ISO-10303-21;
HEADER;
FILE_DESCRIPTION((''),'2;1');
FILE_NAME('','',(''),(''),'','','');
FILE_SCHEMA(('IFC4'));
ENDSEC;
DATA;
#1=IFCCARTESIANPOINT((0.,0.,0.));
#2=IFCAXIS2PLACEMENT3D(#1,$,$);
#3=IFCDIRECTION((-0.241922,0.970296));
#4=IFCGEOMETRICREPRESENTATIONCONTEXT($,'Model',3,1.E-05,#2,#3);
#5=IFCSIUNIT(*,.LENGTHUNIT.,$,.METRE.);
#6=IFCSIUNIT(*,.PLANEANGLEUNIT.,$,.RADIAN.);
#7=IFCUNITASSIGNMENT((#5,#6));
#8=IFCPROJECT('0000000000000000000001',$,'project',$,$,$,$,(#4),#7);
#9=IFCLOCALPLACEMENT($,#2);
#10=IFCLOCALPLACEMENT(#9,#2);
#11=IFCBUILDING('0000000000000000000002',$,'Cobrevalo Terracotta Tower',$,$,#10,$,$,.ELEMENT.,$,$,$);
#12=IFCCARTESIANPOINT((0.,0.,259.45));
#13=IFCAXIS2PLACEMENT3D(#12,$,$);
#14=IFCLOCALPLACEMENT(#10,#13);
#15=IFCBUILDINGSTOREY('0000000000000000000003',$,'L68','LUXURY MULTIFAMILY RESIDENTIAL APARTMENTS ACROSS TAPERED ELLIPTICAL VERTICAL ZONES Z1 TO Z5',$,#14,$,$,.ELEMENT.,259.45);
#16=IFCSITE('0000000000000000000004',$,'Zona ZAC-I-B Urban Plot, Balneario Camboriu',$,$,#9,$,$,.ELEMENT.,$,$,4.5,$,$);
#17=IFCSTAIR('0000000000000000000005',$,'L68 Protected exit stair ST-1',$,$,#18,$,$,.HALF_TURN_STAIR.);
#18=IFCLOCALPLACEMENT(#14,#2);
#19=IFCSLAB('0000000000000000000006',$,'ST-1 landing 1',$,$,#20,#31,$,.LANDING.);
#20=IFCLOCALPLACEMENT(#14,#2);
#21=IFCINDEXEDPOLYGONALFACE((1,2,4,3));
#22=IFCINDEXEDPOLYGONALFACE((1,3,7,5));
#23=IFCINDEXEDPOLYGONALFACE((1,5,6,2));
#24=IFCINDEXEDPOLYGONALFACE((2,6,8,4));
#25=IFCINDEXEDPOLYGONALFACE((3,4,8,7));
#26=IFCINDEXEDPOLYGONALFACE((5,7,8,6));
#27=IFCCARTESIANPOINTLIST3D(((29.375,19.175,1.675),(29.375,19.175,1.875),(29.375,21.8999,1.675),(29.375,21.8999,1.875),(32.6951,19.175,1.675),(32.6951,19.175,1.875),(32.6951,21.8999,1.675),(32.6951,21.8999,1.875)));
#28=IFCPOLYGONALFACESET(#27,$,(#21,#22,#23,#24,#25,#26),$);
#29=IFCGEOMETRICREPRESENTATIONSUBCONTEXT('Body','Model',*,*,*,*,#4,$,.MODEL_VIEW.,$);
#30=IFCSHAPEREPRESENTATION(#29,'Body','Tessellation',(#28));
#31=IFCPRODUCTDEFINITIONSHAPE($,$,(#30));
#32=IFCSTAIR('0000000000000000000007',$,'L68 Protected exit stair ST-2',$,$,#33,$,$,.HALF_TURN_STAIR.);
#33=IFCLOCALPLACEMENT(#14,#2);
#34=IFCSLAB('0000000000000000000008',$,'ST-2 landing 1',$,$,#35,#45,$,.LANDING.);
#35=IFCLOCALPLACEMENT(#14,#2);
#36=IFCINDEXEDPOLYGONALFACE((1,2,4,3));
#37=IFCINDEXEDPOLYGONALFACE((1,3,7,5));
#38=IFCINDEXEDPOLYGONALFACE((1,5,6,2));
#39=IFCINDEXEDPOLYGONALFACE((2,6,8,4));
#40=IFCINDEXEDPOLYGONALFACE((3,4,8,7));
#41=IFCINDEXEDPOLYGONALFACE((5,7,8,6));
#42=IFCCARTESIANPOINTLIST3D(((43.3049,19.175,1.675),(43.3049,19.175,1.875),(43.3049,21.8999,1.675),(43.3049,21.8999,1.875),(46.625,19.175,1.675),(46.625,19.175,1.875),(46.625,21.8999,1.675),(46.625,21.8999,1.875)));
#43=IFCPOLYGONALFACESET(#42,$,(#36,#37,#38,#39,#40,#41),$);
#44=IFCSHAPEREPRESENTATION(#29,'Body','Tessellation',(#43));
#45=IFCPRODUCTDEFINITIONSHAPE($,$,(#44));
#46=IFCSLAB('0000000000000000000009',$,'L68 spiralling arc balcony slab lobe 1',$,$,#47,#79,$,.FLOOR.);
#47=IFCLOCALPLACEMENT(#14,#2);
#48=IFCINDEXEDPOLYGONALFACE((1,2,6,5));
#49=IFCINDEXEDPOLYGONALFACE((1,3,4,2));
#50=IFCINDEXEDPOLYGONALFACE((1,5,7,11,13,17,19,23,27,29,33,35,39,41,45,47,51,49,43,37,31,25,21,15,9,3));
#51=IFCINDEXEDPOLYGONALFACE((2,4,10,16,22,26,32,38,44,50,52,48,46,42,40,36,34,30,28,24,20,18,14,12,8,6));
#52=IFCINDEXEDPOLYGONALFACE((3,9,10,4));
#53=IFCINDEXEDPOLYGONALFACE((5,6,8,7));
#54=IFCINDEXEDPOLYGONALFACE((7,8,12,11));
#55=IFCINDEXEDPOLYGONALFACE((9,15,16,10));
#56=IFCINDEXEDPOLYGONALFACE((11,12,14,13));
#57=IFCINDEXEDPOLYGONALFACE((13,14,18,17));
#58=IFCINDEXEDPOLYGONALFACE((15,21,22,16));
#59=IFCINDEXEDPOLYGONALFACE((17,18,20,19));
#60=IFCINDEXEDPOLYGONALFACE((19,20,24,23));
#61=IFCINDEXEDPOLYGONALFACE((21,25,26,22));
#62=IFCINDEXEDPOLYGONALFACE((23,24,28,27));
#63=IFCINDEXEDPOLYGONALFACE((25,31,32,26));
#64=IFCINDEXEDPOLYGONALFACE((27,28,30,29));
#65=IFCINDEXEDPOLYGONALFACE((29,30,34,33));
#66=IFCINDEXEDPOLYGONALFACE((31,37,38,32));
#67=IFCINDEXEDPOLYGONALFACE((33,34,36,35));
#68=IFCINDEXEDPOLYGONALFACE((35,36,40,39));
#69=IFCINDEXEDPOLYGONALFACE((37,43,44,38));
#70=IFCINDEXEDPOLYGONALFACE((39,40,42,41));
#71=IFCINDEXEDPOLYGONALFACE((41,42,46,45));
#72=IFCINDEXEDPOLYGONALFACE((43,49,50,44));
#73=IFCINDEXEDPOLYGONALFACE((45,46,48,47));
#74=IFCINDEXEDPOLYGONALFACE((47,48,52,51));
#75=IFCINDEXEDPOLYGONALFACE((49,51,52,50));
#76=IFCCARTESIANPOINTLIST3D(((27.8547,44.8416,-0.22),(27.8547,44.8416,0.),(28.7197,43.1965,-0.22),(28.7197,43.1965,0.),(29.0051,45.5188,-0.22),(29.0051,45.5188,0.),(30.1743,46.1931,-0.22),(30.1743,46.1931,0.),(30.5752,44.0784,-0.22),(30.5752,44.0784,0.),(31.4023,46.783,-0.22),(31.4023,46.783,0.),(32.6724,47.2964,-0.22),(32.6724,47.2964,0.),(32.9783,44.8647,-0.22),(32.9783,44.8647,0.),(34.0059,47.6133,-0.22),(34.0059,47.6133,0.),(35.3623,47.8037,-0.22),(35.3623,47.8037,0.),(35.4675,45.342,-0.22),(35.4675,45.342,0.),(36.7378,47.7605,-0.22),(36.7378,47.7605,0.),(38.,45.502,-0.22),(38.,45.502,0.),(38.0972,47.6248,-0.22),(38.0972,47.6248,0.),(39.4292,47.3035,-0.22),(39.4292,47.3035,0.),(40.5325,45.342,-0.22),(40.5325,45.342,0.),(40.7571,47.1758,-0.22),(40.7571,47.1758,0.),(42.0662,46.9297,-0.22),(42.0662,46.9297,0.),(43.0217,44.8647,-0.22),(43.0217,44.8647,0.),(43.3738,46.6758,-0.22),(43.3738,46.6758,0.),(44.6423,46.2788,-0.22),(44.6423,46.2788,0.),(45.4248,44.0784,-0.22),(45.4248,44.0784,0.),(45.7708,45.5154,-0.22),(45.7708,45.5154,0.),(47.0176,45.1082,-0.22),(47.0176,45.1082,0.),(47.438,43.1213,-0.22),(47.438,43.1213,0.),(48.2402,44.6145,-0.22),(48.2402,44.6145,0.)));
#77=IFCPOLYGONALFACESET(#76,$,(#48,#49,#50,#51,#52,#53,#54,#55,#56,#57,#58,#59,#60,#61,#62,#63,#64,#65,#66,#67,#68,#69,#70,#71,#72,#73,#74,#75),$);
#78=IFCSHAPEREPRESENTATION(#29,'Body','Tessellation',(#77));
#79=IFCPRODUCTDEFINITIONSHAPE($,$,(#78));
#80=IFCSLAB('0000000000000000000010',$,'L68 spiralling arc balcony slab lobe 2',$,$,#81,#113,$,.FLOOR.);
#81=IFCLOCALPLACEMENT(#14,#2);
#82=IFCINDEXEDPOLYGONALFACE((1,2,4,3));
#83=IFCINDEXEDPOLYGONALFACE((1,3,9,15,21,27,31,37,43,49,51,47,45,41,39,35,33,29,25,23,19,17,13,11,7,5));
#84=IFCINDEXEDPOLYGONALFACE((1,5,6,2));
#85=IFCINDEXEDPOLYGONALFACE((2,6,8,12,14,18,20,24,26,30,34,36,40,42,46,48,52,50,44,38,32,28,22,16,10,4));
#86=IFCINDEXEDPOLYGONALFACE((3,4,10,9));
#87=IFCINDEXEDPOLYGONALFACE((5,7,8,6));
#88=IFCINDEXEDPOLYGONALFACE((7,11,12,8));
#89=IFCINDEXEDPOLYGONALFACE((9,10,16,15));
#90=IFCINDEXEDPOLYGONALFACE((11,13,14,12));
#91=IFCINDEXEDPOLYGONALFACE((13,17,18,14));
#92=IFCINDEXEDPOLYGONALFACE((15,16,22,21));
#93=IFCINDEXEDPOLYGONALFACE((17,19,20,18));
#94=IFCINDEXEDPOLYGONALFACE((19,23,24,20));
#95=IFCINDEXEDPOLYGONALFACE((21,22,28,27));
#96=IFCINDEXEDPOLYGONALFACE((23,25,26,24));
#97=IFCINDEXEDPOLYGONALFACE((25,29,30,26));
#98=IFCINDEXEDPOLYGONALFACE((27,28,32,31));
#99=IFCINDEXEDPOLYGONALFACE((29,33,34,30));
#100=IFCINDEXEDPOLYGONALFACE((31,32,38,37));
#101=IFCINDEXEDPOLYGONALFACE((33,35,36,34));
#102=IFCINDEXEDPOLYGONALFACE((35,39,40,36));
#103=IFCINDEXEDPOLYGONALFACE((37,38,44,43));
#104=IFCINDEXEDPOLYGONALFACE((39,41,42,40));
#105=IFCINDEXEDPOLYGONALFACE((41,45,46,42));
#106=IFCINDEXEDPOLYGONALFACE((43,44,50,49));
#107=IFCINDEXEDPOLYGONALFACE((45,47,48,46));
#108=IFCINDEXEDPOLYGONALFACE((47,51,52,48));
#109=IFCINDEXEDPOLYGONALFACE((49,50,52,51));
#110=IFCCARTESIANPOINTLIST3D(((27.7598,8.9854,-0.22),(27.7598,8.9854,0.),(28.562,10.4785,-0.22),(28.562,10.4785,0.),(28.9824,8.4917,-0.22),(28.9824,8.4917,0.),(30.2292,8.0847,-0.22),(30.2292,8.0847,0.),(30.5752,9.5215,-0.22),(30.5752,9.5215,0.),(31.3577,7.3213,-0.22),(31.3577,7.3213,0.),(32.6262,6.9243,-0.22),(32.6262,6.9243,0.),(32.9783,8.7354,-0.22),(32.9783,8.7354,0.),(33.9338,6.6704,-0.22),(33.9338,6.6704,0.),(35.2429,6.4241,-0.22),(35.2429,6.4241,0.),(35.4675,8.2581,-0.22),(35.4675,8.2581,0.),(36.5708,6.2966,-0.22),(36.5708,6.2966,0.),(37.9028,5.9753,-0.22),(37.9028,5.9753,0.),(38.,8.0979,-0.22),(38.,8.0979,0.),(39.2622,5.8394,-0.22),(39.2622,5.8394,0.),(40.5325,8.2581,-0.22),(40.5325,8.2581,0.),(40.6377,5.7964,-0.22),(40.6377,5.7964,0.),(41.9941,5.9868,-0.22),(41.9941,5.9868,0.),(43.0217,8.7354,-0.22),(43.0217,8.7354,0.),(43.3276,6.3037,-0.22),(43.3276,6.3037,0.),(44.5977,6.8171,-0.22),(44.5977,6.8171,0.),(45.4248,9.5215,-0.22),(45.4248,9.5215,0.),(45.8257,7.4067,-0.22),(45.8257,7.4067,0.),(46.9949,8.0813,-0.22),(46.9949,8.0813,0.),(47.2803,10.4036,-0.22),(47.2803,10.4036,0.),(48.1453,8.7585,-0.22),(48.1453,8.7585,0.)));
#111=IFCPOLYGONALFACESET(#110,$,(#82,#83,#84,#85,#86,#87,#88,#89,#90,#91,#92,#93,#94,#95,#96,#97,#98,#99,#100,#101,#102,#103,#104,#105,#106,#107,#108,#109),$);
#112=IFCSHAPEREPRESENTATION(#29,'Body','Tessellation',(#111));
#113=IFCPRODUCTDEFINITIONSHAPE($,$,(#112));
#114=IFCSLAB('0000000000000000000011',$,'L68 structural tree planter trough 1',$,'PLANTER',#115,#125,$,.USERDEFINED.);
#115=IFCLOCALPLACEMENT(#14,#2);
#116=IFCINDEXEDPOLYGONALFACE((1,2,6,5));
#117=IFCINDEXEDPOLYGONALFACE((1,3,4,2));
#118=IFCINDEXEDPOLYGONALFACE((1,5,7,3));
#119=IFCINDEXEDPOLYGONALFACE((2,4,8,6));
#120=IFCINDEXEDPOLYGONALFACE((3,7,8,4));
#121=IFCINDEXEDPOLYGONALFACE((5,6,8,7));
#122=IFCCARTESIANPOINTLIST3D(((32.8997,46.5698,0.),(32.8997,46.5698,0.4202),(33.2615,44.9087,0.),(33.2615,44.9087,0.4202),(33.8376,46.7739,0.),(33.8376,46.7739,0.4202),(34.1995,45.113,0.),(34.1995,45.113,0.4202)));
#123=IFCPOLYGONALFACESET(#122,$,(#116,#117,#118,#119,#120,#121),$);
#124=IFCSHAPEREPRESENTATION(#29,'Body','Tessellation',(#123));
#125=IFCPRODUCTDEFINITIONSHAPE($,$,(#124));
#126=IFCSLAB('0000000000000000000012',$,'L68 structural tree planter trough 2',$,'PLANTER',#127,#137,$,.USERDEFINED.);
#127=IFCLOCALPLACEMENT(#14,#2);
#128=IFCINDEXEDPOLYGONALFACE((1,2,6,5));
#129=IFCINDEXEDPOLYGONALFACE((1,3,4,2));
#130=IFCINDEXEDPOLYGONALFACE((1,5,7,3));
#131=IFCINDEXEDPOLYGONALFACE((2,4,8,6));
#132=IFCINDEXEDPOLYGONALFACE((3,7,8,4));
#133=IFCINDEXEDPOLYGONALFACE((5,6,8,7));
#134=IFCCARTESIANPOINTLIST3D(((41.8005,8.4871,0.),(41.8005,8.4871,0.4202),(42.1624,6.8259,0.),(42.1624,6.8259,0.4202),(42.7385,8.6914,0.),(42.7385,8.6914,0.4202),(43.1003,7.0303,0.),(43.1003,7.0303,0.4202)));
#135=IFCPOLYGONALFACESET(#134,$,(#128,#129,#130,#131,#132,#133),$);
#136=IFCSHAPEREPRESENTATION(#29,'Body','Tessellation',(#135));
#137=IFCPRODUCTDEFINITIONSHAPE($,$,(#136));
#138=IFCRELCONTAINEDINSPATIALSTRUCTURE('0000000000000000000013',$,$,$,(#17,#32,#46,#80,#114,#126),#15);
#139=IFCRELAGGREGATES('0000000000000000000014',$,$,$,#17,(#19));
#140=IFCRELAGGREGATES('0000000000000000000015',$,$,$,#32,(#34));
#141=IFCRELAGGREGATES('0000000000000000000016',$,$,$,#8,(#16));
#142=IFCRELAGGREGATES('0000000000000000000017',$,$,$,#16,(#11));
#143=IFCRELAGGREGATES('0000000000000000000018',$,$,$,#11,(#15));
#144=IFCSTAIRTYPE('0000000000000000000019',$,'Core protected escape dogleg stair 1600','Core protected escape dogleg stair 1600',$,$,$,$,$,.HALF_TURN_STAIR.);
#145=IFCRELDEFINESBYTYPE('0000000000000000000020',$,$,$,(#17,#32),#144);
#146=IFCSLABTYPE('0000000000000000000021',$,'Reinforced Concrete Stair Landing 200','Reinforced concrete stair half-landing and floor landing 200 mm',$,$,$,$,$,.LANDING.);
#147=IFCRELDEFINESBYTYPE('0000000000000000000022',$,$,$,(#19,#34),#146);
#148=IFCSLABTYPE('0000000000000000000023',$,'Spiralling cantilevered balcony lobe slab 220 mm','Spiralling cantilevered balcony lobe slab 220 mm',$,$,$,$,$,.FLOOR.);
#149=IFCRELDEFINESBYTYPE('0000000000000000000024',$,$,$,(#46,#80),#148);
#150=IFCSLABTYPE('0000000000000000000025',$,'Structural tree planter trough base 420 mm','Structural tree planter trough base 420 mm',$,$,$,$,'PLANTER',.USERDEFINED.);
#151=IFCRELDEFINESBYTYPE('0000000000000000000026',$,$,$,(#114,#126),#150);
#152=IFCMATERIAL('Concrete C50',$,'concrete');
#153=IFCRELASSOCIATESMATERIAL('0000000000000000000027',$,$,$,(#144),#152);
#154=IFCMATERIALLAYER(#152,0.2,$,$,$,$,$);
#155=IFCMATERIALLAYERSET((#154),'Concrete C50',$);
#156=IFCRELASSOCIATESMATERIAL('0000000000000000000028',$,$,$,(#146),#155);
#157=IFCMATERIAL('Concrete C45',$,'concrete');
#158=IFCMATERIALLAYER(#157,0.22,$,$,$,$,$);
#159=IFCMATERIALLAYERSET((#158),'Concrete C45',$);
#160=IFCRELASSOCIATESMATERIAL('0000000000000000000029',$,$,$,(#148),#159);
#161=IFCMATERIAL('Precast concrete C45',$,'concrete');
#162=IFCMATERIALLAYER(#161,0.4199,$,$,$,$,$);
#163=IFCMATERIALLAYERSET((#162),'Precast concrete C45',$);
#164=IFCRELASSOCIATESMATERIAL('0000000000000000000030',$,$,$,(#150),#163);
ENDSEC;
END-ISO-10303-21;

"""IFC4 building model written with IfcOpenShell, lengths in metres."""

from ifc_helpers import new_model, si_unit, direction, frame, origin, place, context, subcontext, project, spatial, polyline, outline, extrude, material, layer, layer_set, type_object, element, aggregate, save


model = new_model("IFC4")

# Units and contexts
model_context = context("Model", 3, precision=1e-05, world=origin(), true_north=direction((-0.241922, 0.970296)))
body_context = subcontext(model_context, "Body", "Model", "MODEL_VIEW")
ifc_project = project(units=[si_unit("LENGTHUNIT", "METRE"), si_unit("PLANEANGLEUNIT", "RADIAN")], contexts=[model_context])

# Site, building, storey
site_placement = place(None, origin())
site = spatial("IfcSite", under=ifc_project, at=site_placement, Name="Zona ZAC-I-B Urban Plot, Balneario Camboriu", CompositionType="ELEMENT", RefElevation=4.5)
building_placement = place(site_placement, origin())
building = spatial("IfcBuilding", under=site, at=building_placement, Name="Cobrevalo Terracotta Tower", CompositionType="ELEMENT")
storey_placement = place(building_placement, frame((0.0, 0.0, 259.45)))
storey = spatial("IfcBuildingStorey", under=building, at=storey_placement, Name="L68", Description="LUXURY MULTIFAMILY RESIDENTIAL APARTMENTS ACROSS TAPERED ELLIPTICAL VERTICAL ZONES Z1 TO Z5", CompositionType="ELEMENT", Elevation=259.45)

# Stairs, slabs
ifc_material_1 = material(Name="Concrete C50", Category="concrete")
stair_type = type_object("IfcStairType", Name="Core protected escape dogleg stair 1600", Description="Core protected escape dogleg stair 1600", PredefinedType="HALF_TURN_STAIR", material=ifc_material_1)
stair_1_placement = place(storey_placement, origin())
stair_1 = element("IfcStair", 1, at=stair_1_placement, inside=storey, type_object=stair_type, Name="L68 Protected exit stair ST-1", PredefinedType="HALF_TURN_STAIR")
ifc_layer_1 = layer(ifc_material_1, 0.2)
ifc_layer_set_1 = layer_set([ifc_layer_1], Name="Concrete C50")
slab_type_1 = type_object("IfcSlabType", Name="Reinforced Concrete Stair Landing 200", Description="Reinforced concrete stair half-landing and floor landing 200 mm", PredefinedType="LANDING", material=ifc_layer_set_1)
slab_1_placement = place(storey_placement, frame((0.0, 0.0, 1.675)))
slab_1 = element("IfcSlab", 2, at=slab_1_placement, type_object=slab_type_1, Name="ST-1 landing 1", PredefinedType="LANDING", context=body_context, shape_type="SweptSolid", body=[
    extrude(outline(polyline([(29.375, 21.8999), (29.375, 19.175), (32.6951, 19.175), (32.6951, 21.8999), (29.375, 21.8999)])), origin(), (0.0, 0.0, 1.0), 0.2),
])
aggregate(stair_1, [slab_1])
stair_2_placement = place(storey_placement, origin())
stair_2 = element("IfcStair", 3, at=stair_2_placement, inside=storey, type_object=stair_type, Name="L68 Protected exit stair ST-2", PredefinedType="HALF_TURN_STAIR")
slab_2_placement = place(storey_placement, frame((0.0, 0.0, 1.675)))
slab_2 = element("IfcSlab", 4, at=slab_2_placement, type_object=slab_type_1, Name="ST-2 landing 1", PredefinedType="LANDING", context=body_context, shape_type="SweptSolid", body=[
    extrude(outline(polyline([(43.3049, 21.8999), (43.3049, 19.175), (46.625, 19.175), (46.625, 21.8999), (43.3049, 21.8999)])), origin(), (0.0, 0.0, 1.0), 0.2),
])
aggregate(stair_2, [slab_2])

# Slabs
ifc_material_2 = material(Name="Concrete C45", Category="concrete")
ifc_layer_2 = layer(ifc_material_2, 0.22)
ifc_layer_set_2 = layer_set([ifc_layer_2], Name="Concrete C45")
slab_type_2 = type_object("IfcSlabType", Name="Spiralling cantilevered balcony lobe slab 220 mm", Description="Spiralling cantilevered balcony lobe slab 220 mm", PredefinedType="FLOOR", material=ifc_layer_set_2)
slab_3_placement = place(storey_placement, frame((0.0, 0.0, -0.22)))
element("IfcSlab", 5, at=slab_3_placement, inside=storey, type_object=slab_type_2, Name="L68 spiralling arc balcony slab lobe 1", PredefinedType="FLOOR", context=body_context, shape_type="SweptSolid", body=[
    extrude(outline(polyline([(48.2402, 44.6145), (47.0176, 45.1082), (45.7708, 45.5154), (44.6423, 46.2788), (43.3738, 46.6758), (42.0662, 46.9297), (40.7571, 47.1758), (39.4292, 47.3035), (38.0972, 47.6248), (36.7378, 47.7605), (35.3623, 47.8037), (34.0059, 47.6133), (32.6724, 47.2964), (31.4023, 46.783), (30.1743, 46.1931), (29.0051, 45.5188), (27.8547, 44.8416), (28.7197, 43.1965), (30.5752, 44.0784), (32.9783, 44.8647), (35.4675, 45.342), (38.0, 45.502), (40.5325, 45.342), (43.0217, 44.8647), (45.4248, 44.0784), (47.438, 43.1213), (48.2402, 44.6145)])), origin(), (0.0, 0.0, 1.0), 0.22),
])
slab_4_placement = place(storey_placement, frame((0.0, 0.0, -0.22)))
element("IfcSlab", 6, at=slab_4_placement, inside=storey, type_object=slab_type_2, Name="L68 spiralling arc balcony slab lobe 2", PredefinedType="FLOOR", context=body_context, shape_type="SweptSolid", body=[
    extrude(outline(polyline([(27.7598, 8.9854), (28.9824, 8.4917), (30.2292, 8.0847), (31.3577, 7.3213), (32.6262, 6.9243), (33.9338, 6.6704), (35.2429, 6.4241), (36.5708, 6.2966), (37.9028, 5.9753), (39.2622, 5.8394), (40.6377, 5.7964), (41.9941, 5.9868), (43.3276, 6.3037), (44.5977, 6.8171), (45.8257, 7.4067), (46.9949, 8.0813), (48.1453, 8.7585), (47.2803, 10.4036), (45.4248, 9.5215), (43.0217, 8.7354), (40.5325, 8.2581), (38.0, 8.0979), (35.4675, 8.2581), (32.9783, 8.7354), (30.5752, 9.5215), (28.562, 10.4785), (27.7598, 8.9854)])), origin(), (0.0, 0.0, 1.0), 0.22),
])
ifc_material_3 = material(Name="Precast concrete C45", Category="concrete")
ifc_layer_3 = layer(ifc_material_3, 0.4199)
ifc_layer_set_3 = layer_set([ifc_layer_3], Name="Precast concrete C45")
slab_type_3 = type_object("IfcSlabType", Name="Structural tree planter trough base 420 mm", Description="Structural tree planter trough base 420 mm", ElementType="PLANTER", PredefinedType="USERDEFINED", material=ifc_layer_set_3)
slab_5_placement = place(storey_placement, origin())
element("IfcSlab", 7, at=slab_5_placement, inside=storey, type_object=slab_type_3, Name="L68 structural tree planter trough 1", ObjectType="PLANTER", PredefinedType="USERDEFINED", context=body_context, shape_type="SweptSolid", body=[
    extrude(outline(polyline([(34.1995, 45.113), (33.8376, 46.7739), (32.8997, 46.5698), (33.2615, 44.9087), (34.1995, 45.113)])), origin(), (0.0, 0.0, 1.0), 0.4202),
])
slab_6_placement = place(storey_placement, origin())
element("IfcSlab", 8, at=slab_6_placement, inside=storey, type_object=slab_type_3, Name="L68 structural tree planter trough 2", ObjectType="PLANTER", PredefinedType="USERDEFINED", context=body_context, shape_type="SweptSolid", body=[
    extrude(outline(polyline([(41.8005, 8.4871), (42.1624, 6.8259), (43.1003, 7.0303), (42.7385, 8.6914), (41.8005, 8.4871)])), origin(), (0.0, 0.0, 1.0), 0.4202),
])

save(model, "model.ifc")
